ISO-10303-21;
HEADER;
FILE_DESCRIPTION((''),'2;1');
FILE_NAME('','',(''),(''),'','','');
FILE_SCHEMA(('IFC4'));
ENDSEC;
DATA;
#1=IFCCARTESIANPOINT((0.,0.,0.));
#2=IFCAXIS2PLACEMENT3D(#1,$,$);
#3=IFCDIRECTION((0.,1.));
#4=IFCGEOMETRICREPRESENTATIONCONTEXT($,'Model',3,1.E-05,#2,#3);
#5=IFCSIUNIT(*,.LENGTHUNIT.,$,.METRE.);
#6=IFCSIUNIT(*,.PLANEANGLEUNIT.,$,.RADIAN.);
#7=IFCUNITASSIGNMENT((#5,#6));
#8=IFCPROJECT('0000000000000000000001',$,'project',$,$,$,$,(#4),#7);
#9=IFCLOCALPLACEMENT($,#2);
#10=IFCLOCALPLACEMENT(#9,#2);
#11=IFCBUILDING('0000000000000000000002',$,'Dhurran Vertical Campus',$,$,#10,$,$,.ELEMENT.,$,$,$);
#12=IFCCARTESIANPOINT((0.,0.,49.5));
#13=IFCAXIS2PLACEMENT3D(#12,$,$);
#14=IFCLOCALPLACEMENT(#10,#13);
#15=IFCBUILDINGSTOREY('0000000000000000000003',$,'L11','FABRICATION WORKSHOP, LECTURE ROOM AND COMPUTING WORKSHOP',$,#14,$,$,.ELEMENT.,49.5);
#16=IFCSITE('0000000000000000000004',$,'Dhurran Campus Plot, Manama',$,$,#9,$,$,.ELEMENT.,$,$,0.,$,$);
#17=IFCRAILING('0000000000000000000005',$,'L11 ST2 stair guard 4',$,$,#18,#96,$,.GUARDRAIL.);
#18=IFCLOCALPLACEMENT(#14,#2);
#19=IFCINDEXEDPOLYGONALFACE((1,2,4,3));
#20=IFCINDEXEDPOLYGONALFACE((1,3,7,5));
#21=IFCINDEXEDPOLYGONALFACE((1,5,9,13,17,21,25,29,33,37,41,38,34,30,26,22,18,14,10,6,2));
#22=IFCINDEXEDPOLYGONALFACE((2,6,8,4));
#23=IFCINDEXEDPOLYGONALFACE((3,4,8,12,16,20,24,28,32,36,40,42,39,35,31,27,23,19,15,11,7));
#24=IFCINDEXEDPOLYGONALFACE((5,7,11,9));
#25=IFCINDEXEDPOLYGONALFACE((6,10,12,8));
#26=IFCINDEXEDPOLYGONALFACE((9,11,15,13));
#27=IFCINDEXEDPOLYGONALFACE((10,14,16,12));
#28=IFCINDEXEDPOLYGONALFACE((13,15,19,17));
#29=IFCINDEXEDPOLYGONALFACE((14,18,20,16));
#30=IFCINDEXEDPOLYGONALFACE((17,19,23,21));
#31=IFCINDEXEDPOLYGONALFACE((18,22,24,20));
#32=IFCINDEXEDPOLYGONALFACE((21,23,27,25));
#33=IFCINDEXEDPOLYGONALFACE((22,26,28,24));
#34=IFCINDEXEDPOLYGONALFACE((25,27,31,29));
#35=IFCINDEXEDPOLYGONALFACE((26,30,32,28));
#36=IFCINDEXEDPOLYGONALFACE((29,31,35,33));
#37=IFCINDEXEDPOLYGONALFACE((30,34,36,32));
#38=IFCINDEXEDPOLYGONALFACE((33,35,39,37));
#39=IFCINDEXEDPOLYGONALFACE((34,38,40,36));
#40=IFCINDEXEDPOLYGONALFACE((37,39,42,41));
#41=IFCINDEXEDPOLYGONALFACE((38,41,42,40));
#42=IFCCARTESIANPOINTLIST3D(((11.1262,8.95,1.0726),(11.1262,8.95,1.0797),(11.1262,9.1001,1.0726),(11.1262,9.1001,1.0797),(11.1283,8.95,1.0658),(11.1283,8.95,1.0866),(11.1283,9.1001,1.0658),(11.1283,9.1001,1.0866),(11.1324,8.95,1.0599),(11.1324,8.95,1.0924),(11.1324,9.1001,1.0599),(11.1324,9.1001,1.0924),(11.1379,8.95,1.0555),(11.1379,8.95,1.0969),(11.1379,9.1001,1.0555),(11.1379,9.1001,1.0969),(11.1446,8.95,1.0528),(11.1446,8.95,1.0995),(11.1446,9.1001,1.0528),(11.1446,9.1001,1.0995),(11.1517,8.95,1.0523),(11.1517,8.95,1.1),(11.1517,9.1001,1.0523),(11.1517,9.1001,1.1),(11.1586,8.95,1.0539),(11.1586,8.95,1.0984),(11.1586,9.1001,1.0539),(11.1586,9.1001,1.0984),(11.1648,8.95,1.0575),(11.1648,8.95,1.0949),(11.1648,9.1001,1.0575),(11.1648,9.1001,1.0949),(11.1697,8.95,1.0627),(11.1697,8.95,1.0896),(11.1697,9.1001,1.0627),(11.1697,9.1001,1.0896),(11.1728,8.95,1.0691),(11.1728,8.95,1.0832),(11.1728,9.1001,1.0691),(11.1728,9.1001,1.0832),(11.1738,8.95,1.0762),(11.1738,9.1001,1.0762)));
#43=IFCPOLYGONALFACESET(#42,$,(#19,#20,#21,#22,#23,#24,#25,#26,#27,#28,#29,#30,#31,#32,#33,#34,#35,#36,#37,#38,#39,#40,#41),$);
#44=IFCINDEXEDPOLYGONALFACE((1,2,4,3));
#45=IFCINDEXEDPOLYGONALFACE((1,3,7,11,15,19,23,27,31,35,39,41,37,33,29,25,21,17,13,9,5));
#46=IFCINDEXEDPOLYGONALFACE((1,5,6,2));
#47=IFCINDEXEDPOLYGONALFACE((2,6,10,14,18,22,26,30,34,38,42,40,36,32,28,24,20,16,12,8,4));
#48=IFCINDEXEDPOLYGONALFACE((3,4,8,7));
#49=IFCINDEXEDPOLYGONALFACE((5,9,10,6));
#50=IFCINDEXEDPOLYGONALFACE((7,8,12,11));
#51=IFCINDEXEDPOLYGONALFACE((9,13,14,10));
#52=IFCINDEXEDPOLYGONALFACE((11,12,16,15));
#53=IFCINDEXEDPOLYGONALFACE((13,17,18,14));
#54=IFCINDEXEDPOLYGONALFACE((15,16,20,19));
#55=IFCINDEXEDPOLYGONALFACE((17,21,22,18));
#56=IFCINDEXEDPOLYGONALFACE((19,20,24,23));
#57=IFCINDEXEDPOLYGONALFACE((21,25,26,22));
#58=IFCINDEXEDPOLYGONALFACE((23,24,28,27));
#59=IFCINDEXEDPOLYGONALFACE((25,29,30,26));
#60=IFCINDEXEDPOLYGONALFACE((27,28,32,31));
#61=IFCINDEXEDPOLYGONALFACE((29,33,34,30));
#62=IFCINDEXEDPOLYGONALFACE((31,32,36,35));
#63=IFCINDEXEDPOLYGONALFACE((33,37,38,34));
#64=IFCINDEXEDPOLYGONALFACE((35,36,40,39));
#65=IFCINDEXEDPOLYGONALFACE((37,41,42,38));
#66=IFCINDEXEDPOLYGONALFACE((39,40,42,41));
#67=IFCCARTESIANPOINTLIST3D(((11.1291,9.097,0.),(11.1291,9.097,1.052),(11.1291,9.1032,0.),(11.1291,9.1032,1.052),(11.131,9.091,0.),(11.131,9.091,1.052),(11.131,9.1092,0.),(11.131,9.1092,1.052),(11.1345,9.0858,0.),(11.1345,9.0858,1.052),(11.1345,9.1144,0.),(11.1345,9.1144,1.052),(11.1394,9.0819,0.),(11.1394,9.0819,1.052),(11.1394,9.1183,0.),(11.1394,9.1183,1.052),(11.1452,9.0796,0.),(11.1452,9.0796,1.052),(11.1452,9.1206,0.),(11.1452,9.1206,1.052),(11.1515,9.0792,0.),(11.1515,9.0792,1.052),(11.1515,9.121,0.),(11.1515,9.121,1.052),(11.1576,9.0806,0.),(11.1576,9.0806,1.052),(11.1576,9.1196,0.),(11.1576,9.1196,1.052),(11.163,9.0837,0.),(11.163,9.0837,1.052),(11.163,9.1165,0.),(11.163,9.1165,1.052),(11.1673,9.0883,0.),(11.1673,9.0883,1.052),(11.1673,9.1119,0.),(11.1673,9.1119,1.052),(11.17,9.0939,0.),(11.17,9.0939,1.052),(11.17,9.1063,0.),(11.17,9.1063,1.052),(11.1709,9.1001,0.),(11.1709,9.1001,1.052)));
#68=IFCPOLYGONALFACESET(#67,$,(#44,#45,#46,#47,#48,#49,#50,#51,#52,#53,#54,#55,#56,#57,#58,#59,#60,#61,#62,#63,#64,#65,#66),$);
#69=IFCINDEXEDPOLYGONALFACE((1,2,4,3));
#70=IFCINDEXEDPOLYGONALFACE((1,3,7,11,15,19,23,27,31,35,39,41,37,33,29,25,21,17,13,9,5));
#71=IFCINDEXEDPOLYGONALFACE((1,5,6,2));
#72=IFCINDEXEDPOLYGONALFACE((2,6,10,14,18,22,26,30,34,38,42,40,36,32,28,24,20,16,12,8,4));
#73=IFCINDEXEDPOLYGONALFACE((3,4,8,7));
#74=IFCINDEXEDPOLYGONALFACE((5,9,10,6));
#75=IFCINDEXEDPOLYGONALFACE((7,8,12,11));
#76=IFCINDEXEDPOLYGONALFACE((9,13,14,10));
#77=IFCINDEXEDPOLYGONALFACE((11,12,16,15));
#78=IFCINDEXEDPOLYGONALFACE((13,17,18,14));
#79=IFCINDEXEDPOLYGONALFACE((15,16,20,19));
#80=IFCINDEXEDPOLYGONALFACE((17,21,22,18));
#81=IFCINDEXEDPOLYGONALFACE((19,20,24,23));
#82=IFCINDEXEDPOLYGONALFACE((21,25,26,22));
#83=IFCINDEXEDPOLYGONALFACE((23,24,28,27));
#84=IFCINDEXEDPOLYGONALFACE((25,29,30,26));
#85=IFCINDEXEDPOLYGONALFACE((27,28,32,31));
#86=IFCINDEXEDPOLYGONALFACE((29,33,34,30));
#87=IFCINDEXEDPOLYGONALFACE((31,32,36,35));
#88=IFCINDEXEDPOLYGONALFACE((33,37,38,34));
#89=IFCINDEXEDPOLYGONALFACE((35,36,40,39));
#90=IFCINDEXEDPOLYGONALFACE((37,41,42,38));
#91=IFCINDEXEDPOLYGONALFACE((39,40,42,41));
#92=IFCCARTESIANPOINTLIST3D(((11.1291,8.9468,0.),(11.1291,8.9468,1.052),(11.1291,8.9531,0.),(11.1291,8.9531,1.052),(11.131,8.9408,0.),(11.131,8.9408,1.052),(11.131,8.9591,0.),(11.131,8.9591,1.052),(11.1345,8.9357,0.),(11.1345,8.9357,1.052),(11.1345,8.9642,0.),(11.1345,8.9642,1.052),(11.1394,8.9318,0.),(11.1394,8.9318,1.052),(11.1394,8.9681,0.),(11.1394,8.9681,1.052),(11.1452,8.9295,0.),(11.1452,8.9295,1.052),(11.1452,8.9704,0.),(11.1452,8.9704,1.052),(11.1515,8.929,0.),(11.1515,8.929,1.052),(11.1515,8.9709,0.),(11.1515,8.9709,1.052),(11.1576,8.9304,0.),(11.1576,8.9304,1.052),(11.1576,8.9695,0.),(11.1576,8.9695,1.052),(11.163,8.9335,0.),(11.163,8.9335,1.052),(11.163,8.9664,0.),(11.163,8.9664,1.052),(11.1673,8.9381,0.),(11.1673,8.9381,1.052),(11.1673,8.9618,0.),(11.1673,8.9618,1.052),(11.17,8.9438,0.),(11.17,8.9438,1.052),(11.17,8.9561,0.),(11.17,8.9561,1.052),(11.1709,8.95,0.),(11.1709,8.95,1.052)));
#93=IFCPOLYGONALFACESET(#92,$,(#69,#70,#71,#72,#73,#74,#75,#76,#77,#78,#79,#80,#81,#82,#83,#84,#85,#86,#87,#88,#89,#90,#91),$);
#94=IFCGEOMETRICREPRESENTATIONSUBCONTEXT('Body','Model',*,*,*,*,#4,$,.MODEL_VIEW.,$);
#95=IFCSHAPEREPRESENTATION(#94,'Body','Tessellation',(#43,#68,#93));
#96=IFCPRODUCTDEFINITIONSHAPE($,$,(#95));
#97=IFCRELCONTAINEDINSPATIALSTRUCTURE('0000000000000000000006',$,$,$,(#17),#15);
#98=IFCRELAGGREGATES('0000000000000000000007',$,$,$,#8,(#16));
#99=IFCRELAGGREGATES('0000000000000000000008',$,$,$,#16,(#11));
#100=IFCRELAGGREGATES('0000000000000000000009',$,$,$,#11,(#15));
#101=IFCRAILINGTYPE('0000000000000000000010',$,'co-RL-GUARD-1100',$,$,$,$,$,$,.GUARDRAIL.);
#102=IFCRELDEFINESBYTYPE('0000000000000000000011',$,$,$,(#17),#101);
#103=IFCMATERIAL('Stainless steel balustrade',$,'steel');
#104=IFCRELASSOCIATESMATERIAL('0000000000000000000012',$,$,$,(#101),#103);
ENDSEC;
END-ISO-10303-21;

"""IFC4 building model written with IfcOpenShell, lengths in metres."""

from ifc_helpers import new_model, si_unit, direction, frame, origin, origin_2d, place, context, subcontext, project, spatial, circle, extrude, material, type_object, element, save


model = new_model("IFC4")

# Units and contexts
model_context = context("Model", 3, precision=1e-05, world=origin(), true_north=direction((0.0, 1.0)))
body_context = subcontext(model_context, "Body", "Model", "MODEL_VIEW")
ifc_project = project(units=[si_unit("LENGTHUNIT", "METRE"), si_unit("PLANEANGLEUNIT", "RADIAN")], contexts=[model_context])

# Site, building, storey
site_placement = place(None, origin())
site = spatial("IfcSite", under=ifc_project, at=site_placement, Name="Dhurran Campus Plot, Manama", CompositionType="ELEMENT", RefElevation=0.0)
building_placement = place(site_placement, origin())
building = spatial("IfcBuilding", under=site, at=building_placement, Name="Dhurran Vertical Campus", CompositionType="ELEMENT")
storey_placement = place(building_placement, frame((0.0, 0.0, 49.5)))
storey = spatial("IfcBuildingStorey", under=building, at=storey_placement, Name="L11", Description="FABRICATION WORKSHOP, LECTURE ROOM AND COMPUTING WORKSHOP", CompositionType="ELEMENT", Elevation=49.5)

# Railing
ifc_material_1 = material(Name="Stainless steel balustrade", Category="steel")
railing_type_1 = type_object("IfcRailingType", Name="co-RL-GUARD-1100", PredefinedType="GUARDRAIL", material=ifc_material_1)
railing_1_placement = place(storey_placement, frame((11.1499, 9.1001, 0.0)))
element("IfcRailing", 1, at=railing_1_placement, inside=storey, type_object=railing_type_1, Name="L11 ST2 stair guard 4", PredefinedType="GUARDRAIL", context=body_context, shape_type="SweptSolid", body=[
    extrude(circle(Radius=0.0239, at=origin_2d()), frame((0.0, 0.0, 1.0762), z_axis=(0.0, -1.0, 0.0), x_axis=(1.0, 0.0, 0.0)), (0.0, 0.0, 1.0), 0.1501),
    extrude(circle(Radius=0.021, at=origin_2d()), origin(), (0.0, 0.0, 1.0), 1.052),
    extrude(circle(Radius=0.021, at=origin_2d()), frame((0.0, -0.1501, 0.0)), (0.0, 0.0, 1.0), 1.052),
])

save(model, "model.ifc")
